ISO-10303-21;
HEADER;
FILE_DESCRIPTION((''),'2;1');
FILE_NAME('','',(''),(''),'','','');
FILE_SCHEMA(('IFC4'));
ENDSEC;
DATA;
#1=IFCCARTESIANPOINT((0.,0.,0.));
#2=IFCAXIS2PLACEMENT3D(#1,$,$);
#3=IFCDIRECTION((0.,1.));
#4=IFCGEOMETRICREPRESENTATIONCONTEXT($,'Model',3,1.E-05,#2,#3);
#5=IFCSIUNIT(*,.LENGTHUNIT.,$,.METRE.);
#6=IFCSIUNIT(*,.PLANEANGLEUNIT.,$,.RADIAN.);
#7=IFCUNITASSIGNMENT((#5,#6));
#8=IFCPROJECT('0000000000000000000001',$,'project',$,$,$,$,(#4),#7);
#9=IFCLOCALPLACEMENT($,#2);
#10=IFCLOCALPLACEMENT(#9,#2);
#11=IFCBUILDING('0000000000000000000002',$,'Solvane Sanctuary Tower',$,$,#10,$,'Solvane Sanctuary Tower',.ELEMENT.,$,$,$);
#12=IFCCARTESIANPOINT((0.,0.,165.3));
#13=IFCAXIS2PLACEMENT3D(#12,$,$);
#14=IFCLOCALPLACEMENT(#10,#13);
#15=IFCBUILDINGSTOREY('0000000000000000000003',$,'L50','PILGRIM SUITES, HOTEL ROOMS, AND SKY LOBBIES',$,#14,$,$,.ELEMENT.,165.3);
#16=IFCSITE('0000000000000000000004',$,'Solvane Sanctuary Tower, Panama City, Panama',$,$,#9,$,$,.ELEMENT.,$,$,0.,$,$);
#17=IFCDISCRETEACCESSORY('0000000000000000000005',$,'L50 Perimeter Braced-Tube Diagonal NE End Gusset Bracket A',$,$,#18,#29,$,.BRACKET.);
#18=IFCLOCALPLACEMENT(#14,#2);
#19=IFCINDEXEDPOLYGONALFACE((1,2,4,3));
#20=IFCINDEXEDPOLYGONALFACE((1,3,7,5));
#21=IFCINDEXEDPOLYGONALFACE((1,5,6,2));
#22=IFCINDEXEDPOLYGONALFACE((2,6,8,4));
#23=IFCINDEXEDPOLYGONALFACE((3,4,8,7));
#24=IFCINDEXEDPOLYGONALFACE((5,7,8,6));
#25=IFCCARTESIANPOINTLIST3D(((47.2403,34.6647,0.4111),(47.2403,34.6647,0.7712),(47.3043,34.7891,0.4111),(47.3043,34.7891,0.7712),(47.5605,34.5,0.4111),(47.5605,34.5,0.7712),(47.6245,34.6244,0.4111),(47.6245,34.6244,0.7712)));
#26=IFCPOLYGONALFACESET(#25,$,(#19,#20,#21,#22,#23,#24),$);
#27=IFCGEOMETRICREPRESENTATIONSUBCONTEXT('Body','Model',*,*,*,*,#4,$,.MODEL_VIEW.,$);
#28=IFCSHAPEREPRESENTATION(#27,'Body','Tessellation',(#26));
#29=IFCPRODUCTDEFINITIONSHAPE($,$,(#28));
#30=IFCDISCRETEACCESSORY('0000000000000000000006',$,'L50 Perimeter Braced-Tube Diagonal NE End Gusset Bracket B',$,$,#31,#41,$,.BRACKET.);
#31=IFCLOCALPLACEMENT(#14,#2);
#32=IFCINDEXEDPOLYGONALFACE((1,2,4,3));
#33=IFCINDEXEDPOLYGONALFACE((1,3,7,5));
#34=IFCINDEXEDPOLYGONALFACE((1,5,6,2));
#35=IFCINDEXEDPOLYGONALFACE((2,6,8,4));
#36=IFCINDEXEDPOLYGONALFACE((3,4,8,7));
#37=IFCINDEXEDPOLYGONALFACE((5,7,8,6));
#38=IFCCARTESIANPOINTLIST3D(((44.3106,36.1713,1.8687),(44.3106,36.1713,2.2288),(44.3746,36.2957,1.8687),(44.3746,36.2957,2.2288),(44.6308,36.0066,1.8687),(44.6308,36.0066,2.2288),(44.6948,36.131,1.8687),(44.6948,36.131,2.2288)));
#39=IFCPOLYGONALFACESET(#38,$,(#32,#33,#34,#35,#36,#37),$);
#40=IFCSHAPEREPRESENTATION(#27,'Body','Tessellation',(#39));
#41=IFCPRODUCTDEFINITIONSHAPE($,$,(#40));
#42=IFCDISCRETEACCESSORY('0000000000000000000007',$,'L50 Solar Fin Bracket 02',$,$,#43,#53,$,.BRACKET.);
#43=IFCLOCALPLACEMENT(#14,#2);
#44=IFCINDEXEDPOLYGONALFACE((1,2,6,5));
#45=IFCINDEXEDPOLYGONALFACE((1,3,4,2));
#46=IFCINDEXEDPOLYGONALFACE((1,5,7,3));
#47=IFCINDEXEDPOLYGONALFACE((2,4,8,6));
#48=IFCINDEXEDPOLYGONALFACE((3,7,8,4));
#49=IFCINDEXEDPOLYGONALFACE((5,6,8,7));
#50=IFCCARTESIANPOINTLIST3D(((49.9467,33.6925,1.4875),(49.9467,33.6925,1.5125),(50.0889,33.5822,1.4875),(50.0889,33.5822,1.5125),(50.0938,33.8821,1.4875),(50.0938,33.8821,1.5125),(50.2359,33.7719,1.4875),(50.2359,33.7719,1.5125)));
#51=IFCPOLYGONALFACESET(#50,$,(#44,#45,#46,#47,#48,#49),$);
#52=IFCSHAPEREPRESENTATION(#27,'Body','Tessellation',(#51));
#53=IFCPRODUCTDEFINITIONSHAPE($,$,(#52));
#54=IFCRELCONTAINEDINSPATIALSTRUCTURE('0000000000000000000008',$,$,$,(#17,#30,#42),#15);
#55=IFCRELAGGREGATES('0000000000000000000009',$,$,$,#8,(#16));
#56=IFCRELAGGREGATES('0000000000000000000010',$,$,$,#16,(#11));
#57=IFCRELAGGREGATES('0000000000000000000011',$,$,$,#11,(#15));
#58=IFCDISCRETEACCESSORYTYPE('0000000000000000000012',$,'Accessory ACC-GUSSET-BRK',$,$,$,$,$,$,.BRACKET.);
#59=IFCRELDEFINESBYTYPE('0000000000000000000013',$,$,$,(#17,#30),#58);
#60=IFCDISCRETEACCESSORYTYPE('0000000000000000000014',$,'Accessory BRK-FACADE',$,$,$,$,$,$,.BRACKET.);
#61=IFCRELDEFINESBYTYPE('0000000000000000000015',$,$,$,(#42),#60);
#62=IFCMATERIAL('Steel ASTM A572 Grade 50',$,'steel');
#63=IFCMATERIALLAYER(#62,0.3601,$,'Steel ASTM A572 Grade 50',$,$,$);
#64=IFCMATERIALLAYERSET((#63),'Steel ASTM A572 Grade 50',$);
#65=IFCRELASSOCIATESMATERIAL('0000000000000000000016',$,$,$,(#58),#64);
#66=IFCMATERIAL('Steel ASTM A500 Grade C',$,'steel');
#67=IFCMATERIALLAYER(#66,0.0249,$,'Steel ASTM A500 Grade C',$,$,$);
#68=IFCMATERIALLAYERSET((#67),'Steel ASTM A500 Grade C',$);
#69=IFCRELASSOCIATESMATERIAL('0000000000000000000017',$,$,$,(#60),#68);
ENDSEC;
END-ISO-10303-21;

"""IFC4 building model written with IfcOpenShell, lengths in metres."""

from ifc_helpers import new_model, si_unit, direction, frame, origin, origin_2d, place, context, subcontext, project, spatial, rectangle, extrude, material, layer, layer_set, type_object, element, save


model = new_model("IFC4")

# Units and contexts
model_context = context("Model", 3, precision=1e-05, world=origin(), true_north=direction((0.0, 1.0)))
body_context = subcontext(model_context, "Body", "Model", "MODEL_VIEW")
ifc_project = project(units=[si_unit("LENGTHUNIT", "METRE"), si_unit("PLANEANGLEUNIT", "RADIAN")], contexts=[model_context])

# Site, building, storey
site_placement = place(None, origin())
site = spatial("IfcSite", under=ifc_project, at=site_placement, Name="Solvane Sanctuary Tower, Panama City, Panama", CompositionType="ELEMENT", RefElevation=0.0)
building_placement = place(site_placement, origin())
building = spatial("IfcBuilding", under=site, at=building_placement, Name="Solvane Sanctuary Tower", LongName="Solvane Sanctuary Tower", CompositionType="ELEMENT")
storey_placement = place(building_placement, frame((0.0, 0.0, 165.3)))
storey = spatial("IfcBuildingStorey", under=building, at=storey_placement, Name="L50", Description="PILGRIM SUITES, HOTEL ROOMS, AND SKY LOBBIES", CompositionType="ELEMENT", Elevation=165.3)

# Shared definitions
ifc_material_1 = material(Name="Steel ASTM A500 Grade C", Category="steel")

# Discrete accessories
ifc_material_2 = material(Name="Steel ASTM A572 Grade 50", Category="steel")
ifc_layer_1 = layer(ifc_material_2, 0.3601, Name="Steel ASTM A572 Grade 50")
ifc_layer_set_1 = layer_set([ifc_layer_1], Name="Steel ASTM A572 Grade 50")
discrete_accessory_type_1 = type_object("IfcDiscreteAccessoryType", Name="Accessory ACC-GUSSET-BRK", PredefinedType="BRACKET", material=ifc_layer_set_1)
for number, where, z_axis, x_axis, name in (
    (1, (47.4324, 34.6445, 0.4111), (0.0, 0.0, 1.0), (-0.889257, 0.457408, 0.0), "L50 Perimeter Braced-Tube Diagonal NE End Gusset Bracket A"),
    (2, (44.5027, 36.1511, 1.8687), (0.0, 0.0, 1.0), (-0.889257, 0.457408, 0.0), "L50 Perimeter Braced-Tube Diagonal NE End Gusset Bracket B"),
):
    element("IfcDiscreteAccessory", number, at=place(storey_placement, frame(where, z_axis=z_axis, x_axis=x_axis)), inside=storey, type_object=discrete_accessory_type_1, Name=name, PredefinedType="BRACKET", context=body_context, shape_type="SweptSolid", body=[
        extrude(rectangle(XDim=0.3601, YDim=0.1399, at=origin_2d()), origin(), (0.0, 0.0, 1.0), 0.3601),
    ])
ifc_layer_2 = layer(ifc_material_1, 0.0249, Name="Steel ASTM A500 Grade C")
ifc_layer_set_2 = layer_set([ifc_layer_2], Name="Steel ASTM A500 Grade C")
discrete_accessory_type_2 = type_object("IfcDiscreteAccessoryType", Name="Accessory BRK-FACADE", PredefinedType="BRACKET", material=ifc_layer_set_2)
discrete_accessory_placement = place(storey_placement, frame((50.0913, 33.7322, 1.4875), z_axis=(0.0, 0.0, 1.0), x_axis=(-0.790166, 0.612893, 0.0)))
element("IfcDiscreteAccessory", 3, at=discrete_accessory_placement, inside=storey, type_object=discrete_accessory_type_2, Name="L50 Solar Fin Bracket 02", PredefinedType="BRACKET", context=body_context, shape_type="SweptSolid", body=[
    extrude(rectangle(XDim=0.1799, YDim=0.24, at=origin_2d()), origin(), (0.0, 0.0, 1.0), 0.0249),
])

save(model, "model.ifc")
